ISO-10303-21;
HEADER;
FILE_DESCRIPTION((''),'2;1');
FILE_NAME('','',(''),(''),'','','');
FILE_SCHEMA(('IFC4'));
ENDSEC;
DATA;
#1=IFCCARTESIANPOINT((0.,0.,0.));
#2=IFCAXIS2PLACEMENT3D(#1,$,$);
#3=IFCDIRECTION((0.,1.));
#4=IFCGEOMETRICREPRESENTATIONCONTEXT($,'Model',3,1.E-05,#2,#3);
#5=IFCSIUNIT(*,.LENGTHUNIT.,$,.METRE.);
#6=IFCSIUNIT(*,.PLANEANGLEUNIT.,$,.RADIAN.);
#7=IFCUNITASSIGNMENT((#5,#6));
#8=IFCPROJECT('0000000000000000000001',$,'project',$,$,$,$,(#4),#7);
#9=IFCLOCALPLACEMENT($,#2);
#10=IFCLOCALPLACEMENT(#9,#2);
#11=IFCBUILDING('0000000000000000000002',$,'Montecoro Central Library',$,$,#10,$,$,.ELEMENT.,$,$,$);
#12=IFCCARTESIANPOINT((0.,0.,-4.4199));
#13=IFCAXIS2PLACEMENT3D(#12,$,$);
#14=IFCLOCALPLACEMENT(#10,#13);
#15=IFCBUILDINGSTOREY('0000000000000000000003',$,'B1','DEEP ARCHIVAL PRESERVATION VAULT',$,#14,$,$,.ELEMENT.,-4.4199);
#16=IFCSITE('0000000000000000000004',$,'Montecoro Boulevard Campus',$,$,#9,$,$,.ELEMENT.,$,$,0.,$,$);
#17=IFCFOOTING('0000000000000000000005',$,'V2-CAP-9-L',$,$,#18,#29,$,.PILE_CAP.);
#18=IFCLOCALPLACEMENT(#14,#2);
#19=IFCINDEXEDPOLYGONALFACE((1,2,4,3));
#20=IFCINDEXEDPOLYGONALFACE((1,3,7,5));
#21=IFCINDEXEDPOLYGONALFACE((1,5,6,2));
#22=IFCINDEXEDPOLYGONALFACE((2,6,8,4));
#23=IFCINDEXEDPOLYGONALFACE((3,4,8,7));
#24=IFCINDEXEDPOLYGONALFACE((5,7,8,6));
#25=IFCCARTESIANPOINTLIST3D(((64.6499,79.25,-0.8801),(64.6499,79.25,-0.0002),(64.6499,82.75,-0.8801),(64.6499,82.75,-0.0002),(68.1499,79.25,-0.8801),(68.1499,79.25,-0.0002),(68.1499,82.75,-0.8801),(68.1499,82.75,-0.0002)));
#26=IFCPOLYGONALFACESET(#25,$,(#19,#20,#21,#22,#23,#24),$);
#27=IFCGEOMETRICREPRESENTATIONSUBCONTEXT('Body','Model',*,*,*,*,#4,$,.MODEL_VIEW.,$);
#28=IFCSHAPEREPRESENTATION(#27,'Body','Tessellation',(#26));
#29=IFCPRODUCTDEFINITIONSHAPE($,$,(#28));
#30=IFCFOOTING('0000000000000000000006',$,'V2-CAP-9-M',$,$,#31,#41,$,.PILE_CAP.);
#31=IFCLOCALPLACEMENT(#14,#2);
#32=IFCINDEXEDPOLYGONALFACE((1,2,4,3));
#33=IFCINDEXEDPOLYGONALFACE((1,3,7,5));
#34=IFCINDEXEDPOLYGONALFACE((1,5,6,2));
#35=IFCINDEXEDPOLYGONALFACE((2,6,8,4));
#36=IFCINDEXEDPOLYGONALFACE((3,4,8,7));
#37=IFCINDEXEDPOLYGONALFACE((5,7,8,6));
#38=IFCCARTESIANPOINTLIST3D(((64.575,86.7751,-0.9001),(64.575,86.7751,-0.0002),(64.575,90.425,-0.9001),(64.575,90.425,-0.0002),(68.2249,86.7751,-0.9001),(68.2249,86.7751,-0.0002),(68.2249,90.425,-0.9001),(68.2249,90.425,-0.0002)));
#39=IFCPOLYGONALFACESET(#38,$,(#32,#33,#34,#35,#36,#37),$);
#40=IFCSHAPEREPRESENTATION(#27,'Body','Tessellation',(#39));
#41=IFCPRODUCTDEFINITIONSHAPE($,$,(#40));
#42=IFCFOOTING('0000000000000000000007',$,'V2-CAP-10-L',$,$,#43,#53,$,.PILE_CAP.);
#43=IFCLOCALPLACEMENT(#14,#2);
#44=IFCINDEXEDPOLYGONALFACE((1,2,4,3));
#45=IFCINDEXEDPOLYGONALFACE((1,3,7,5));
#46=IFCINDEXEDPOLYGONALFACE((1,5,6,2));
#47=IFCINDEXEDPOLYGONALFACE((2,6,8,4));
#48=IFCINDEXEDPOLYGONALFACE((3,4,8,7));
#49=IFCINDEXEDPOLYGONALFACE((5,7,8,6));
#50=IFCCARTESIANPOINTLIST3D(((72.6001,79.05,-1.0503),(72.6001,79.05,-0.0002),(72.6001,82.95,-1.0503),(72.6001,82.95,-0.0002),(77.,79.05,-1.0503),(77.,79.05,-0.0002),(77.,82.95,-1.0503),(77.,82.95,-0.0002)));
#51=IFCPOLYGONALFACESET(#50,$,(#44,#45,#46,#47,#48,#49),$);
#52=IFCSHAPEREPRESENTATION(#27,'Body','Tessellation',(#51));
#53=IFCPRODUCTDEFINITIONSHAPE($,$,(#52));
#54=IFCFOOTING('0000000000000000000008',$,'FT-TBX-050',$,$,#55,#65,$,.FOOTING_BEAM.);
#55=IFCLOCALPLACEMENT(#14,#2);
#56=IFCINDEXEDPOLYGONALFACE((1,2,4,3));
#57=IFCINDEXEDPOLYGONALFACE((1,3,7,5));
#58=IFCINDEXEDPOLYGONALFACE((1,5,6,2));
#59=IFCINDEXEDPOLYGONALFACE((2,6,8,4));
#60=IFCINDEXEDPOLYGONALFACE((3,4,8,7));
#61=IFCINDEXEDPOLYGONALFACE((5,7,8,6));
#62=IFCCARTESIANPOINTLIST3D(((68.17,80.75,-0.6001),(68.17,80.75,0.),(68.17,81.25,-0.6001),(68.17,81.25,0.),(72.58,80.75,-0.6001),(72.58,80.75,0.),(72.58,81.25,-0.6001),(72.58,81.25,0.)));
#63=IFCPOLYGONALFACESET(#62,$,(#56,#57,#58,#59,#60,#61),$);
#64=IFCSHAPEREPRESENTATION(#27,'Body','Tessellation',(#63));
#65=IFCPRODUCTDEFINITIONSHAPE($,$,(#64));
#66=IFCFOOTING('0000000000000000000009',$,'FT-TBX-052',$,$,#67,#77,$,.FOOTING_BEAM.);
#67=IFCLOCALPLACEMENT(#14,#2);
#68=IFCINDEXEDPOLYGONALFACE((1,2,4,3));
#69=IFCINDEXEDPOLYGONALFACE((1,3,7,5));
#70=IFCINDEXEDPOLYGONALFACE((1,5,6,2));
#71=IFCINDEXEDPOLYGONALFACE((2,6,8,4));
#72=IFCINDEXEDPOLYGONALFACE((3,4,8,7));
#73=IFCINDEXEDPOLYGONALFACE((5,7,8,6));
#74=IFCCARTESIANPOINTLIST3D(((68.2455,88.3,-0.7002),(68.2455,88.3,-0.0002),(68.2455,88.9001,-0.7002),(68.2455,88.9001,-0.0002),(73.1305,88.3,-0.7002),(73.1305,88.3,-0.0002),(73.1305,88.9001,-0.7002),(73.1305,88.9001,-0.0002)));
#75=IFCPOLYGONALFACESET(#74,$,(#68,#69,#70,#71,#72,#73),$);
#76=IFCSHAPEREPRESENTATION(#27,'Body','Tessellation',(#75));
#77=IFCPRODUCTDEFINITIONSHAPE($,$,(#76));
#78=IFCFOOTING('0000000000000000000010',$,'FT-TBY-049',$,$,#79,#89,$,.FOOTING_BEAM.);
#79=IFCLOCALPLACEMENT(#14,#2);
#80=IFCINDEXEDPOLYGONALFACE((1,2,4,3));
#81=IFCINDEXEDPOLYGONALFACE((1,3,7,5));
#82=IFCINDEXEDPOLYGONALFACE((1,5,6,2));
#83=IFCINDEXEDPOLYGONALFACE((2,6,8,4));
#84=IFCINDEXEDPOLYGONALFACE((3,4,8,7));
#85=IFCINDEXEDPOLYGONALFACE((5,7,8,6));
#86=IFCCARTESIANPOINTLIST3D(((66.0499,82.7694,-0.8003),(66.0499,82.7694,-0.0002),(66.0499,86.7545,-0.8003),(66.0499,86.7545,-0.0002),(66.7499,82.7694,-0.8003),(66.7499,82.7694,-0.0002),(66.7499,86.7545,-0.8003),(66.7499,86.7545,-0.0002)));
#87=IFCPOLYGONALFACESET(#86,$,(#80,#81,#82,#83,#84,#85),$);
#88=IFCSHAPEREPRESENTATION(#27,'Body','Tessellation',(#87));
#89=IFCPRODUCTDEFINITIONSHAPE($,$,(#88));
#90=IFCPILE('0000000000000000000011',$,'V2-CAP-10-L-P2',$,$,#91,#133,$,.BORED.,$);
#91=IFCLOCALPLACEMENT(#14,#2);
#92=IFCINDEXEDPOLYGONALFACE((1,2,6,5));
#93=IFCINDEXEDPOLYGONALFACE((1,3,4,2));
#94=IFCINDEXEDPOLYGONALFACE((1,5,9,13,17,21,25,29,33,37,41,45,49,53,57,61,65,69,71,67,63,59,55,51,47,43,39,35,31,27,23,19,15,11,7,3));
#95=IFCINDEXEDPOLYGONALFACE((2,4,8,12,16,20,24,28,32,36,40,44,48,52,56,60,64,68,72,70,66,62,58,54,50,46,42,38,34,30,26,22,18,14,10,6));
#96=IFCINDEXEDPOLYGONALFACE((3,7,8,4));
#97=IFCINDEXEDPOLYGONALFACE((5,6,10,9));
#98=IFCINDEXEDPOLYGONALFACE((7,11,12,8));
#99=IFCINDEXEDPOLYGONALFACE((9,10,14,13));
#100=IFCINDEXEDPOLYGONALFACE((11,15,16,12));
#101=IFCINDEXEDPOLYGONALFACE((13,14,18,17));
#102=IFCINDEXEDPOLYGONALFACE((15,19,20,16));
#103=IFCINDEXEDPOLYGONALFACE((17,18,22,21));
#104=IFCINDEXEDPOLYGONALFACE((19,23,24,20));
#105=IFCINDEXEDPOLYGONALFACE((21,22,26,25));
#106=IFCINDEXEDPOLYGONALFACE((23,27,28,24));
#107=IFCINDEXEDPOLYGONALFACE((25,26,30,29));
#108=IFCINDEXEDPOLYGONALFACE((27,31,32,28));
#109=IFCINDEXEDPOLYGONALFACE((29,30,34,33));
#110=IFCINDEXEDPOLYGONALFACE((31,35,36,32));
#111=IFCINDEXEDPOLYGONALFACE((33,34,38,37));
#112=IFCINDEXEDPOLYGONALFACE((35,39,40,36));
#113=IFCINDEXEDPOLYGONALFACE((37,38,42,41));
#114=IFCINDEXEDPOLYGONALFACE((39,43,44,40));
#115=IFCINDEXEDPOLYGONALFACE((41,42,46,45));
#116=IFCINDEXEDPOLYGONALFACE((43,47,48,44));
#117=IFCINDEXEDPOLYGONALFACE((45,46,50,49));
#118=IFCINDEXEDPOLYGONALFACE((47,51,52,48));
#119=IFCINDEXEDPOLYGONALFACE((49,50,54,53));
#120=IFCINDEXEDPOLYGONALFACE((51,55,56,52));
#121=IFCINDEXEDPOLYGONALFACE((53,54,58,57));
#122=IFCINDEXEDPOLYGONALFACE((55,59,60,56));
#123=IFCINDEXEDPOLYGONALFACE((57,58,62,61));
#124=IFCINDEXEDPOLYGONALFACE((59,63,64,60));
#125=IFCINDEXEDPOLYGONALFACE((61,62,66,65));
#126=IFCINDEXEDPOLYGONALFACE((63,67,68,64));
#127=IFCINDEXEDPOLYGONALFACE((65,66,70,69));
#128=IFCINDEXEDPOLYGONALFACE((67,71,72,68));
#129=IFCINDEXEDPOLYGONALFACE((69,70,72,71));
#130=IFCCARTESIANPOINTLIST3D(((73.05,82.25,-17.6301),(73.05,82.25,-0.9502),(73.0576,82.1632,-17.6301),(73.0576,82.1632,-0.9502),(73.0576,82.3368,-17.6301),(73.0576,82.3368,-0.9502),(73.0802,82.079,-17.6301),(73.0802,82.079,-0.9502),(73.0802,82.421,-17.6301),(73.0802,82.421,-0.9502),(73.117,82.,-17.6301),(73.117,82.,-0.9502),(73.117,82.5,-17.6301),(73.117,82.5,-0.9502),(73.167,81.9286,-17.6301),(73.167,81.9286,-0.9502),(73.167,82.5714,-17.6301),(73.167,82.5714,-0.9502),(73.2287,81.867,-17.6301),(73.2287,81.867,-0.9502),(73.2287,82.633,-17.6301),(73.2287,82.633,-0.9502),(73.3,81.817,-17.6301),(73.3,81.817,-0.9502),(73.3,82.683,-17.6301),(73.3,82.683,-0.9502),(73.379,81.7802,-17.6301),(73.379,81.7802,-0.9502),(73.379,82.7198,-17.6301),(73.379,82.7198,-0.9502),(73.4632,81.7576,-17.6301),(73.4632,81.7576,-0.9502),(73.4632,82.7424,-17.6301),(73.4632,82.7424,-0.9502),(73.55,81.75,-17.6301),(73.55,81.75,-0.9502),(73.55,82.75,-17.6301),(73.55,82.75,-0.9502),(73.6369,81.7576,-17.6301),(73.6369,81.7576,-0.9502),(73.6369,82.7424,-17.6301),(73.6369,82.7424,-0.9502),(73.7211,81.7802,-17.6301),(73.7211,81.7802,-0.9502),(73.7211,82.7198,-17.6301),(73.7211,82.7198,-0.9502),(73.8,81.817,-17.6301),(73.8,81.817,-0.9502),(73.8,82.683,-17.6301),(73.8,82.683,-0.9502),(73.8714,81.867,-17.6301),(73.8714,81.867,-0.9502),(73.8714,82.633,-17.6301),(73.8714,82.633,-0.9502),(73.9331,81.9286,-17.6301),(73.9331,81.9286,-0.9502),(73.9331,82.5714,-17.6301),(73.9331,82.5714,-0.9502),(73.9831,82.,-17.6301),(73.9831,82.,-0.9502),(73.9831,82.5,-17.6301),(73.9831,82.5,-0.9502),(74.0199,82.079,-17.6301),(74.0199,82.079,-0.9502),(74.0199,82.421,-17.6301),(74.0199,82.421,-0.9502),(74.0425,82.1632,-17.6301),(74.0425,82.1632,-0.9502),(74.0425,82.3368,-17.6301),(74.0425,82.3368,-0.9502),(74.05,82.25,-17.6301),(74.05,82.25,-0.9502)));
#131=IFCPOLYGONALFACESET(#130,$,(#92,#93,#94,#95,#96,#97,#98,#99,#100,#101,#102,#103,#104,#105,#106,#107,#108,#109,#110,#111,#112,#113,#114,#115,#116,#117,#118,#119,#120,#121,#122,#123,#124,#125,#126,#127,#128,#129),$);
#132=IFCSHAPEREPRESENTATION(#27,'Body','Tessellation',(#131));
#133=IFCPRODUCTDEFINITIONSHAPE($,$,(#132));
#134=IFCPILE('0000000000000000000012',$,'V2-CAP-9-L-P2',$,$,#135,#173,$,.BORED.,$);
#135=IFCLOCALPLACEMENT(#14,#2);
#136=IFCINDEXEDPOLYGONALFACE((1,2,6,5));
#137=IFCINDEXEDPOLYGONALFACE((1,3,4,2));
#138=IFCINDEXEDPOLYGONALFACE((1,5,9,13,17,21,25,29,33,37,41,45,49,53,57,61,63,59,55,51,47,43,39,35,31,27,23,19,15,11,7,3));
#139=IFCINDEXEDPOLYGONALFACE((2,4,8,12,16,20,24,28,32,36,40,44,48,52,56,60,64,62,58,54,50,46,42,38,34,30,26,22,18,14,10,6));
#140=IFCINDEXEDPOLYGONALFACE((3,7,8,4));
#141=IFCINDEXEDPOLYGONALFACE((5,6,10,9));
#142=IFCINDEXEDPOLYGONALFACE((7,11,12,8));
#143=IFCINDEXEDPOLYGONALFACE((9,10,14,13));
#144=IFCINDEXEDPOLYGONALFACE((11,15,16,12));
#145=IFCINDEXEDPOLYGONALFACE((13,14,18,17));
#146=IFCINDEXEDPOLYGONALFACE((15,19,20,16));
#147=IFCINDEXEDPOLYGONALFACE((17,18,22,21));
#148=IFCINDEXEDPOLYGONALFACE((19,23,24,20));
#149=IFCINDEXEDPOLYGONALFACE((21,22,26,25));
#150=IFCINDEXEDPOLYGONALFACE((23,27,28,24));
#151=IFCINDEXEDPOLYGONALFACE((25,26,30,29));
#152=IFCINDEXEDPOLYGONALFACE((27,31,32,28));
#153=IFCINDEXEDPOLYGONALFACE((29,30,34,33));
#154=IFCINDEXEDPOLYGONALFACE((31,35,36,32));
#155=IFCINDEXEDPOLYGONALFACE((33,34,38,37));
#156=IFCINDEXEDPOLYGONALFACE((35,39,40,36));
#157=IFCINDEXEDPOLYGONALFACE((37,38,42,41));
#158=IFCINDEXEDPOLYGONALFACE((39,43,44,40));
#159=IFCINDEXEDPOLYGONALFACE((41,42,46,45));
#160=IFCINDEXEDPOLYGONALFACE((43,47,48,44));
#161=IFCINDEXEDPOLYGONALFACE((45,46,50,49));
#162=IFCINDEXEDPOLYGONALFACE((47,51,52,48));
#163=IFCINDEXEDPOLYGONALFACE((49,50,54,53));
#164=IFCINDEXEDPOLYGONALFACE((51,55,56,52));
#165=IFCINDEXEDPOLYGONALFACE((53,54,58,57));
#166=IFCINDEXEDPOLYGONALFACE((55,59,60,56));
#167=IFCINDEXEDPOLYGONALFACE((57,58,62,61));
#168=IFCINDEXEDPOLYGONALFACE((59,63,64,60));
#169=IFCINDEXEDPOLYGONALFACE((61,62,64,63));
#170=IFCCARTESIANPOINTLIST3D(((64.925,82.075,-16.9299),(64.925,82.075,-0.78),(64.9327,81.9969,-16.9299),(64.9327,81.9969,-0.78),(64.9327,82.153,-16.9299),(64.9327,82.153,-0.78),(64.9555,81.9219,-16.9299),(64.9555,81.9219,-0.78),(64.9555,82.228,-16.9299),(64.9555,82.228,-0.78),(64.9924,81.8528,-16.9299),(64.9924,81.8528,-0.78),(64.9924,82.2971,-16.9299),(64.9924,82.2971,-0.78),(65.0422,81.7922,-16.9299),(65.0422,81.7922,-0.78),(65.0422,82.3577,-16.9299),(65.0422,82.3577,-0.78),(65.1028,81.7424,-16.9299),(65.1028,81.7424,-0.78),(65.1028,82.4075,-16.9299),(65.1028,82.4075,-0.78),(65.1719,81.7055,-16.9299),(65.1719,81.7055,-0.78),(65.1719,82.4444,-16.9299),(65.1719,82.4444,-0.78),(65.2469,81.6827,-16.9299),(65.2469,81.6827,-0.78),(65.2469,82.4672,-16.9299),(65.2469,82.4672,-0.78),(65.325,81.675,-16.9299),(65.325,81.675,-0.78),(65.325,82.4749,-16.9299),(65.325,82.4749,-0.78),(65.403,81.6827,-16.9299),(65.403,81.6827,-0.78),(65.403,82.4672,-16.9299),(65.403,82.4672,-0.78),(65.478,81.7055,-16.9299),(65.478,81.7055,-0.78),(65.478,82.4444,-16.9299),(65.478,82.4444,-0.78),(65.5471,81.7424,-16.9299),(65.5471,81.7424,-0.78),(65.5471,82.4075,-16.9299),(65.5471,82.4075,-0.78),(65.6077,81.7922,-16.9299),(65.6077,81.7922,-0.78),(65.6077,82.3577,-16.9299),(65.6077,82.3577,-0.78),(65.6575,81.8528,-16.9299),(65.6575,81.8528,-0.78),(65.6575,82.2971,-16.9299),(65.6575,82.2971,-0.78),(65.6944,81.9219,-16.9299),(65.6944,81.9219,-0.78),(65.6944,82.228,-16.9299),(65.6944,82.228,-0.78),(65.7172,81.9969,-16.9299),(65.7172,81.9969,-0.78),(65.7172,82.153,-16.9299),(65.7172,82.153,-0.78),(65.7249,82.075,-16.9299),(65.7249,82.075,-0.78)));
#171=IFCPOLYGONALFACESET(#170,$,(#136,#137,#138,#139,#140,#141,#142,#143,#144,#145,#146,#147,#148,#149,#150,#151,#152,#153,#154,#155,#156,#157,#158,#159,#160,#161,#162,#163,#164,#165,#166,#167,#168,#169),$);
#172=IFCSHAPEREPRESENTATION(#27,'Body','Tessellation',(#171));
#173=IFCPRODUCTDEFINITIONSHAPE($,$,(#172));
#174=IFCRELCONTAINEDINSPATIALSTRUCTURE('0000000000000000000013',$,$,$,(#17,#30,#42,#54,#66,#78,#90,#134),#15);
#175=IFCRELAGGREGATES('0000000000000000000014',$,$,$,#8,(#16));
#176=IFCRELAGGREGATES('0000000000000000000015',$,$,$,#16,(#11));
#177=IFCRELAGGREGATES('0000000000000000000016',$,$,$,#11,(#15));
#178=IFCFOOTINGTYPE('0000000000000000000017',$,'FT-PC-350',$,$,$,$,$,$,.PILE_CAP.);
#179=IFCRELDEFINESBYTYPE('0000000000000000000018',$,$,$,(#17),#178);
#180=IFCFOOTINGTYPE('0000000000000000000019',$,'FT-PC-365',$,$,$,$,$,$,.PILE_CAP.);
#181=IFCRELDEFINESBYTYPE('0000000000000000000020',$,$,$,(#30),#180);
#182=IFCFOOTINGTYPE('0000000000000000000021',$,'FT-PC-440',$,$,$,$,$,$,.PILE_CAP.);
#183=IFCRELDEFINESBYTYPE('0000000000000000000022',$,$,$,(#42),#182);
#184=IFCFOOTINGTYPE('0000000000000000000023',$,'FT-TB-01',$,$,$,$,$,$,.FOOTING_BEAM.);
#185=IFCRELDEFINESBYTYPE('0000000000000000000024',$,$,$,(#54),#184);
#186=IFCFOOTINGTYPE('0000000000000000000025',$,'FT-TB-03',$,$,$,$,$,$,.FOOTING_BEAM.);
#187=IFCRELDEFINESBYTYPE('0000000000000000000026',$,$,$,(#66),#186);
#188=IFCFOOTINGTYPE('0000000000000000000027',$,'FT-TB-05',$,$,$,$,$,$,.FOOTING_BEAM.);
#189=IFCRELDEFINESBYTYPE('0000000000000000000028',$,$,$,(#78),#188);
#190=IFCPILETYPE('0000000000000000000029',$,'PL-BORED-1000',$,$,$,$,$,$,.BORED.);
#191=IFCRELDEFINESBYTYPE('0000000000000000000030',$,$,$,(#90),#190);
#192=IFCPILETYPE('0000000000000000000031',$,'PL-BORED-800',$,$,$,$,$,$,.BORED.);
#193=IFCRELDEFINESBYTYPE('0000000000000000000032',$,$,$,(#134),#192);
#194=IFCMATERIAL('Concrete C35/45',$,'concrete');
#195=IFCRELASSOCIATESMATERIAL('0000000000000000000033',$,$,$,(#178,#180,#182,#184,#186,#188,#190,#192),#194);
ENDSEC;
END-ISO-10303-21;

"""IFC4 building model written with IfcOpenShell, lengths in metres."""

from ifc_helpers import new_model, si_unit, direction, frame, origin, origin_2d, place, context, subcontext, project, spatial, rectangle, circle, extrude, material, material_profile, profile_set, type_object, element, save


model = new_model("IFC4")

# Units and contexts
model_context = context("Model", 3, precision=1e-05, world=origin(), true_north=direction((0.0, 1.0)))
body_context = subcontext(model_context, "Body", "Model", "MODEL_VIEW")
ifc_project = project(units=[si_unit("LENGTHUNIT", "METRE"), si_unit("PLANEANGLEUNIT", "RADIAN")], contexts=[model_context])

# Site, building, storey
site_placement = place(None, origin())
site = spatial("IfcSite", under=ifc_project, at=site_placement, Name="Montecoro Boulevard Campus", CompositionType="ELEMENT", RefElevation=0.0)
building_placement = place(site_placement, origin())
building = spatial("IfcBuilding", under=site, at=building_placement, Name="Montecoro Central Library", CompositionType="ELEMENT")
storey_placement = place(building_placement, frame((0.0, 0.0, -4.4199)))
storey = spatial("IfcBuildingStorey", under=building, at=storey_placement, Name="B1", Description="DEEP ARCHIVAL PRESERVATION VAULT", CompositionType="ELEMENT", Elevation=-4.4199)

# Footings
ifc_material_1 = material(Name="Concrete C35/45", Category="concrete")
footing_type_1 = type_object("IfcFootingType", Name="FT-PC-350", PredefinedType="PILE_CAP", material=ifc_material_1)
footing_1_placement = place(storey_placement, frame((66.3999, 81.0, -0.8801), z_axis=(0.0, 0.0, 1.0), x_axis=(1.0, 0.0, 0.0)))
element("IfcFooting", 1, at=footing_1_placement, inside=storey, type_object=footing_type_1, Name="V2-CAP-9-L", PredefinedType="PILE_CAP", context=body_context, shape_type="SweptSolid", body=[
    extrude(rectangle(XDim=3.5, YDim=3.5, at=origin_2d()), origin(), (0.0, 0.0, 1.0), 0.8799),
])
footing_type_2 = type_object("IfcFootingType", Name="FT-PC-365", PredefinedType="PILE_CAP", material=ifc_material_1)
footing_2_placement = place(storey_placement, frame((66.3999, 88.6001, -0.9001), z_axis=(0.0, 0.0, 1.0), x_axis=(1.0, 0.0, 0.0)))
element("IfcFooting", 2, at=footing_2_placement, inside=storey, type_object=footing_type_2, Name="V2-CAP-9-M", PredefinedType="PILE_CAP", context=body_context, shape_type="SweptSolid", body=[
    extrude(rectangle(XDim=3.6499, YDim=3.6499, at=origin_2d()), origin(), (0.0, 0.0, 1.0), 0.8999),
])
footing_type_3 = type_object("IfcFootingType", Name="FT-PC-440", PredefinedType="PILE_CAP", material=ifc_material_1)
footing_3_placement = place(storey_placement, frame((74.8, 81.0, -1.0503), z_axis=(0.0, 0.0, 1.0), x_axis=(1.0, 0.0, 0.0)))
element("IfcFooting", 3, at=footing_3_placement, inside=storey, type_object=footing_type_3, Name="V2-CAP-10-L", PredefinedType="PILE_CAP", context=body_context, shape_type="SweptSolid", body=[
    extrude(rectangle(XDim=4.3999, YDim=3.8999, at=origin_2d()), origin(), (0.0, 0.0, 1.0), 1.05),
])
footing_type_4 = type_object("IfcFootingType", Name="FT-TB-01", PredefinedType="FOOTING_BEAM", material=ifc_material_1)
footing_4_placement = place(storey_placement, frame((70.375, 81.0, -0.6001), z_axis=(0.0, 0.0, 1.0), x_axis=(1.0, 0.0, 0.0)))
element("IfcFooting", 4, at=footing_4_placement, inside=storey, type_object=footing_type_4, Name="FT-TBX-050", PredefinedType="FOOTING_BEAM", context=body_context, shape_type="SweptSolid", body=[
    extrude(rectangle(XDim=4.4099, YDim=0.5, at=origin_2d()), origin(), (0.0, 0.0, 1.0), 0.6001),
])
footing_type_5 = type_object("IfcFootingType", Name="FT-TB-03", PredefinedType="FOOTING_BEAM", material=ifc_material_1)
footing_5_placement = place(storey_placement, frame((70.688, 88.6001, -0.7002), z_axis=(0.0, 0.0, 1.0), x_axis=(1.0, 0.0, 0.0)))
element("IfcFooting", 5, at=footing_5_placement, inside=storey, type_object=footing_type_5, Name="FT-TBX-052", PredefinedType="FOOTING_BEAM", context=body_context, shape_type="SweptSolid", body=[
    extrude(rectangle(XDim=4.885, YDim=0.6001, at=origin_2d()), origin(), (0.0, 0.0, 1.0), 0.7),
])
footing_type_6 = type_object("IfcFootingType", Name="FT-TB-05", PredefinedType="FOOTING_BEAM", material=ifc_material_1)
footing_6_placement = place(storey_placement, frame((66.3999, 84.762, -0.8003), z_axis=(0.0, 0.0, 1.0), x_axis=(1.0, 0.0, 0.0)))
element("IfcFooting", 6, at=footing_6_placement, inside=storey, type_object=footing_type_6, Name="FT-TBY-049", PredefinedType="FOOTING_BEAM", context=body_context, shape_type="SweptSolid", body=[
    extrude(rectangle(XDim=0.7, YDim=3.9851, at=origin_2d()), origin(), (0.0, 0.0, 1.0), 0.8),
])

# Piles
ifc_material_profile_1 = material_profile(ifc_material_1, circle(Radius=0.5, at=origin_2d()), Name="PILE D1000")
ifc_profile_set_1 = profile_set([ifc_material_profile_1], Name="Concrete C35/45")
pile_type_1 = type_object("IfcPileType", Name="PL-BORED-1000", PredefinedType="BORED", material=ifc_profile_set_1)
pile_placement = place(storey_placement, frame((73.55, 82.25, -0.9502), z_axis=(0.0, 0.0, -1.0), x_axis=(1.0, 0.0, 0.0)))
element("IfcPile", 7, at=pile_placement, inside=storey, type_object=pile_type_1, Name="V2-CAP-10-L-P2", PredefinedType="BORED", context=body_context, shape_type="SweptSolid", body=[
    extrude(circle(Radius=0.5, at=origin_2d()), origin(), (0.0, 0.0, 1.0), 16.6799),
])
ifc_material_profile_2 = material_profile(ifc_material_1, circle(Radius=0.3999, at=origin_2d()), Name="PILE D800")
ifc_profile_set_2 = profile_set([ifc_material_profile_2], Name="Concrete C35/45")
pile_type_2 = type_object("IfcPileType", Name="PL-BORED-800", PredefinedType="BORED", material=ifc_profile_set_2)
for number, where, z_axis, x_axis, name in (
    (8, (65.325, 82.075, -0.78), (0.0, 0.0, -1.0), (1.0, 0.0, 0.0), "V2-CAP-9-L-P2"),
):
    element("IfcPile", number, at=place(storey_placement, frame(where, z_axis=z_axis, x_axis=x_axis)), inside=storey, type_object=pile_type_2, Name=name, PredefinedType="BORED", context=body_context, shape_type="SweptSolid", body=[
        extrude(circle(Radius=0.3999, at=origin_2d()), origin(), (0.0, 0.0, 1.0), 16.1499),
    ])

save(model, "model.ifc")
